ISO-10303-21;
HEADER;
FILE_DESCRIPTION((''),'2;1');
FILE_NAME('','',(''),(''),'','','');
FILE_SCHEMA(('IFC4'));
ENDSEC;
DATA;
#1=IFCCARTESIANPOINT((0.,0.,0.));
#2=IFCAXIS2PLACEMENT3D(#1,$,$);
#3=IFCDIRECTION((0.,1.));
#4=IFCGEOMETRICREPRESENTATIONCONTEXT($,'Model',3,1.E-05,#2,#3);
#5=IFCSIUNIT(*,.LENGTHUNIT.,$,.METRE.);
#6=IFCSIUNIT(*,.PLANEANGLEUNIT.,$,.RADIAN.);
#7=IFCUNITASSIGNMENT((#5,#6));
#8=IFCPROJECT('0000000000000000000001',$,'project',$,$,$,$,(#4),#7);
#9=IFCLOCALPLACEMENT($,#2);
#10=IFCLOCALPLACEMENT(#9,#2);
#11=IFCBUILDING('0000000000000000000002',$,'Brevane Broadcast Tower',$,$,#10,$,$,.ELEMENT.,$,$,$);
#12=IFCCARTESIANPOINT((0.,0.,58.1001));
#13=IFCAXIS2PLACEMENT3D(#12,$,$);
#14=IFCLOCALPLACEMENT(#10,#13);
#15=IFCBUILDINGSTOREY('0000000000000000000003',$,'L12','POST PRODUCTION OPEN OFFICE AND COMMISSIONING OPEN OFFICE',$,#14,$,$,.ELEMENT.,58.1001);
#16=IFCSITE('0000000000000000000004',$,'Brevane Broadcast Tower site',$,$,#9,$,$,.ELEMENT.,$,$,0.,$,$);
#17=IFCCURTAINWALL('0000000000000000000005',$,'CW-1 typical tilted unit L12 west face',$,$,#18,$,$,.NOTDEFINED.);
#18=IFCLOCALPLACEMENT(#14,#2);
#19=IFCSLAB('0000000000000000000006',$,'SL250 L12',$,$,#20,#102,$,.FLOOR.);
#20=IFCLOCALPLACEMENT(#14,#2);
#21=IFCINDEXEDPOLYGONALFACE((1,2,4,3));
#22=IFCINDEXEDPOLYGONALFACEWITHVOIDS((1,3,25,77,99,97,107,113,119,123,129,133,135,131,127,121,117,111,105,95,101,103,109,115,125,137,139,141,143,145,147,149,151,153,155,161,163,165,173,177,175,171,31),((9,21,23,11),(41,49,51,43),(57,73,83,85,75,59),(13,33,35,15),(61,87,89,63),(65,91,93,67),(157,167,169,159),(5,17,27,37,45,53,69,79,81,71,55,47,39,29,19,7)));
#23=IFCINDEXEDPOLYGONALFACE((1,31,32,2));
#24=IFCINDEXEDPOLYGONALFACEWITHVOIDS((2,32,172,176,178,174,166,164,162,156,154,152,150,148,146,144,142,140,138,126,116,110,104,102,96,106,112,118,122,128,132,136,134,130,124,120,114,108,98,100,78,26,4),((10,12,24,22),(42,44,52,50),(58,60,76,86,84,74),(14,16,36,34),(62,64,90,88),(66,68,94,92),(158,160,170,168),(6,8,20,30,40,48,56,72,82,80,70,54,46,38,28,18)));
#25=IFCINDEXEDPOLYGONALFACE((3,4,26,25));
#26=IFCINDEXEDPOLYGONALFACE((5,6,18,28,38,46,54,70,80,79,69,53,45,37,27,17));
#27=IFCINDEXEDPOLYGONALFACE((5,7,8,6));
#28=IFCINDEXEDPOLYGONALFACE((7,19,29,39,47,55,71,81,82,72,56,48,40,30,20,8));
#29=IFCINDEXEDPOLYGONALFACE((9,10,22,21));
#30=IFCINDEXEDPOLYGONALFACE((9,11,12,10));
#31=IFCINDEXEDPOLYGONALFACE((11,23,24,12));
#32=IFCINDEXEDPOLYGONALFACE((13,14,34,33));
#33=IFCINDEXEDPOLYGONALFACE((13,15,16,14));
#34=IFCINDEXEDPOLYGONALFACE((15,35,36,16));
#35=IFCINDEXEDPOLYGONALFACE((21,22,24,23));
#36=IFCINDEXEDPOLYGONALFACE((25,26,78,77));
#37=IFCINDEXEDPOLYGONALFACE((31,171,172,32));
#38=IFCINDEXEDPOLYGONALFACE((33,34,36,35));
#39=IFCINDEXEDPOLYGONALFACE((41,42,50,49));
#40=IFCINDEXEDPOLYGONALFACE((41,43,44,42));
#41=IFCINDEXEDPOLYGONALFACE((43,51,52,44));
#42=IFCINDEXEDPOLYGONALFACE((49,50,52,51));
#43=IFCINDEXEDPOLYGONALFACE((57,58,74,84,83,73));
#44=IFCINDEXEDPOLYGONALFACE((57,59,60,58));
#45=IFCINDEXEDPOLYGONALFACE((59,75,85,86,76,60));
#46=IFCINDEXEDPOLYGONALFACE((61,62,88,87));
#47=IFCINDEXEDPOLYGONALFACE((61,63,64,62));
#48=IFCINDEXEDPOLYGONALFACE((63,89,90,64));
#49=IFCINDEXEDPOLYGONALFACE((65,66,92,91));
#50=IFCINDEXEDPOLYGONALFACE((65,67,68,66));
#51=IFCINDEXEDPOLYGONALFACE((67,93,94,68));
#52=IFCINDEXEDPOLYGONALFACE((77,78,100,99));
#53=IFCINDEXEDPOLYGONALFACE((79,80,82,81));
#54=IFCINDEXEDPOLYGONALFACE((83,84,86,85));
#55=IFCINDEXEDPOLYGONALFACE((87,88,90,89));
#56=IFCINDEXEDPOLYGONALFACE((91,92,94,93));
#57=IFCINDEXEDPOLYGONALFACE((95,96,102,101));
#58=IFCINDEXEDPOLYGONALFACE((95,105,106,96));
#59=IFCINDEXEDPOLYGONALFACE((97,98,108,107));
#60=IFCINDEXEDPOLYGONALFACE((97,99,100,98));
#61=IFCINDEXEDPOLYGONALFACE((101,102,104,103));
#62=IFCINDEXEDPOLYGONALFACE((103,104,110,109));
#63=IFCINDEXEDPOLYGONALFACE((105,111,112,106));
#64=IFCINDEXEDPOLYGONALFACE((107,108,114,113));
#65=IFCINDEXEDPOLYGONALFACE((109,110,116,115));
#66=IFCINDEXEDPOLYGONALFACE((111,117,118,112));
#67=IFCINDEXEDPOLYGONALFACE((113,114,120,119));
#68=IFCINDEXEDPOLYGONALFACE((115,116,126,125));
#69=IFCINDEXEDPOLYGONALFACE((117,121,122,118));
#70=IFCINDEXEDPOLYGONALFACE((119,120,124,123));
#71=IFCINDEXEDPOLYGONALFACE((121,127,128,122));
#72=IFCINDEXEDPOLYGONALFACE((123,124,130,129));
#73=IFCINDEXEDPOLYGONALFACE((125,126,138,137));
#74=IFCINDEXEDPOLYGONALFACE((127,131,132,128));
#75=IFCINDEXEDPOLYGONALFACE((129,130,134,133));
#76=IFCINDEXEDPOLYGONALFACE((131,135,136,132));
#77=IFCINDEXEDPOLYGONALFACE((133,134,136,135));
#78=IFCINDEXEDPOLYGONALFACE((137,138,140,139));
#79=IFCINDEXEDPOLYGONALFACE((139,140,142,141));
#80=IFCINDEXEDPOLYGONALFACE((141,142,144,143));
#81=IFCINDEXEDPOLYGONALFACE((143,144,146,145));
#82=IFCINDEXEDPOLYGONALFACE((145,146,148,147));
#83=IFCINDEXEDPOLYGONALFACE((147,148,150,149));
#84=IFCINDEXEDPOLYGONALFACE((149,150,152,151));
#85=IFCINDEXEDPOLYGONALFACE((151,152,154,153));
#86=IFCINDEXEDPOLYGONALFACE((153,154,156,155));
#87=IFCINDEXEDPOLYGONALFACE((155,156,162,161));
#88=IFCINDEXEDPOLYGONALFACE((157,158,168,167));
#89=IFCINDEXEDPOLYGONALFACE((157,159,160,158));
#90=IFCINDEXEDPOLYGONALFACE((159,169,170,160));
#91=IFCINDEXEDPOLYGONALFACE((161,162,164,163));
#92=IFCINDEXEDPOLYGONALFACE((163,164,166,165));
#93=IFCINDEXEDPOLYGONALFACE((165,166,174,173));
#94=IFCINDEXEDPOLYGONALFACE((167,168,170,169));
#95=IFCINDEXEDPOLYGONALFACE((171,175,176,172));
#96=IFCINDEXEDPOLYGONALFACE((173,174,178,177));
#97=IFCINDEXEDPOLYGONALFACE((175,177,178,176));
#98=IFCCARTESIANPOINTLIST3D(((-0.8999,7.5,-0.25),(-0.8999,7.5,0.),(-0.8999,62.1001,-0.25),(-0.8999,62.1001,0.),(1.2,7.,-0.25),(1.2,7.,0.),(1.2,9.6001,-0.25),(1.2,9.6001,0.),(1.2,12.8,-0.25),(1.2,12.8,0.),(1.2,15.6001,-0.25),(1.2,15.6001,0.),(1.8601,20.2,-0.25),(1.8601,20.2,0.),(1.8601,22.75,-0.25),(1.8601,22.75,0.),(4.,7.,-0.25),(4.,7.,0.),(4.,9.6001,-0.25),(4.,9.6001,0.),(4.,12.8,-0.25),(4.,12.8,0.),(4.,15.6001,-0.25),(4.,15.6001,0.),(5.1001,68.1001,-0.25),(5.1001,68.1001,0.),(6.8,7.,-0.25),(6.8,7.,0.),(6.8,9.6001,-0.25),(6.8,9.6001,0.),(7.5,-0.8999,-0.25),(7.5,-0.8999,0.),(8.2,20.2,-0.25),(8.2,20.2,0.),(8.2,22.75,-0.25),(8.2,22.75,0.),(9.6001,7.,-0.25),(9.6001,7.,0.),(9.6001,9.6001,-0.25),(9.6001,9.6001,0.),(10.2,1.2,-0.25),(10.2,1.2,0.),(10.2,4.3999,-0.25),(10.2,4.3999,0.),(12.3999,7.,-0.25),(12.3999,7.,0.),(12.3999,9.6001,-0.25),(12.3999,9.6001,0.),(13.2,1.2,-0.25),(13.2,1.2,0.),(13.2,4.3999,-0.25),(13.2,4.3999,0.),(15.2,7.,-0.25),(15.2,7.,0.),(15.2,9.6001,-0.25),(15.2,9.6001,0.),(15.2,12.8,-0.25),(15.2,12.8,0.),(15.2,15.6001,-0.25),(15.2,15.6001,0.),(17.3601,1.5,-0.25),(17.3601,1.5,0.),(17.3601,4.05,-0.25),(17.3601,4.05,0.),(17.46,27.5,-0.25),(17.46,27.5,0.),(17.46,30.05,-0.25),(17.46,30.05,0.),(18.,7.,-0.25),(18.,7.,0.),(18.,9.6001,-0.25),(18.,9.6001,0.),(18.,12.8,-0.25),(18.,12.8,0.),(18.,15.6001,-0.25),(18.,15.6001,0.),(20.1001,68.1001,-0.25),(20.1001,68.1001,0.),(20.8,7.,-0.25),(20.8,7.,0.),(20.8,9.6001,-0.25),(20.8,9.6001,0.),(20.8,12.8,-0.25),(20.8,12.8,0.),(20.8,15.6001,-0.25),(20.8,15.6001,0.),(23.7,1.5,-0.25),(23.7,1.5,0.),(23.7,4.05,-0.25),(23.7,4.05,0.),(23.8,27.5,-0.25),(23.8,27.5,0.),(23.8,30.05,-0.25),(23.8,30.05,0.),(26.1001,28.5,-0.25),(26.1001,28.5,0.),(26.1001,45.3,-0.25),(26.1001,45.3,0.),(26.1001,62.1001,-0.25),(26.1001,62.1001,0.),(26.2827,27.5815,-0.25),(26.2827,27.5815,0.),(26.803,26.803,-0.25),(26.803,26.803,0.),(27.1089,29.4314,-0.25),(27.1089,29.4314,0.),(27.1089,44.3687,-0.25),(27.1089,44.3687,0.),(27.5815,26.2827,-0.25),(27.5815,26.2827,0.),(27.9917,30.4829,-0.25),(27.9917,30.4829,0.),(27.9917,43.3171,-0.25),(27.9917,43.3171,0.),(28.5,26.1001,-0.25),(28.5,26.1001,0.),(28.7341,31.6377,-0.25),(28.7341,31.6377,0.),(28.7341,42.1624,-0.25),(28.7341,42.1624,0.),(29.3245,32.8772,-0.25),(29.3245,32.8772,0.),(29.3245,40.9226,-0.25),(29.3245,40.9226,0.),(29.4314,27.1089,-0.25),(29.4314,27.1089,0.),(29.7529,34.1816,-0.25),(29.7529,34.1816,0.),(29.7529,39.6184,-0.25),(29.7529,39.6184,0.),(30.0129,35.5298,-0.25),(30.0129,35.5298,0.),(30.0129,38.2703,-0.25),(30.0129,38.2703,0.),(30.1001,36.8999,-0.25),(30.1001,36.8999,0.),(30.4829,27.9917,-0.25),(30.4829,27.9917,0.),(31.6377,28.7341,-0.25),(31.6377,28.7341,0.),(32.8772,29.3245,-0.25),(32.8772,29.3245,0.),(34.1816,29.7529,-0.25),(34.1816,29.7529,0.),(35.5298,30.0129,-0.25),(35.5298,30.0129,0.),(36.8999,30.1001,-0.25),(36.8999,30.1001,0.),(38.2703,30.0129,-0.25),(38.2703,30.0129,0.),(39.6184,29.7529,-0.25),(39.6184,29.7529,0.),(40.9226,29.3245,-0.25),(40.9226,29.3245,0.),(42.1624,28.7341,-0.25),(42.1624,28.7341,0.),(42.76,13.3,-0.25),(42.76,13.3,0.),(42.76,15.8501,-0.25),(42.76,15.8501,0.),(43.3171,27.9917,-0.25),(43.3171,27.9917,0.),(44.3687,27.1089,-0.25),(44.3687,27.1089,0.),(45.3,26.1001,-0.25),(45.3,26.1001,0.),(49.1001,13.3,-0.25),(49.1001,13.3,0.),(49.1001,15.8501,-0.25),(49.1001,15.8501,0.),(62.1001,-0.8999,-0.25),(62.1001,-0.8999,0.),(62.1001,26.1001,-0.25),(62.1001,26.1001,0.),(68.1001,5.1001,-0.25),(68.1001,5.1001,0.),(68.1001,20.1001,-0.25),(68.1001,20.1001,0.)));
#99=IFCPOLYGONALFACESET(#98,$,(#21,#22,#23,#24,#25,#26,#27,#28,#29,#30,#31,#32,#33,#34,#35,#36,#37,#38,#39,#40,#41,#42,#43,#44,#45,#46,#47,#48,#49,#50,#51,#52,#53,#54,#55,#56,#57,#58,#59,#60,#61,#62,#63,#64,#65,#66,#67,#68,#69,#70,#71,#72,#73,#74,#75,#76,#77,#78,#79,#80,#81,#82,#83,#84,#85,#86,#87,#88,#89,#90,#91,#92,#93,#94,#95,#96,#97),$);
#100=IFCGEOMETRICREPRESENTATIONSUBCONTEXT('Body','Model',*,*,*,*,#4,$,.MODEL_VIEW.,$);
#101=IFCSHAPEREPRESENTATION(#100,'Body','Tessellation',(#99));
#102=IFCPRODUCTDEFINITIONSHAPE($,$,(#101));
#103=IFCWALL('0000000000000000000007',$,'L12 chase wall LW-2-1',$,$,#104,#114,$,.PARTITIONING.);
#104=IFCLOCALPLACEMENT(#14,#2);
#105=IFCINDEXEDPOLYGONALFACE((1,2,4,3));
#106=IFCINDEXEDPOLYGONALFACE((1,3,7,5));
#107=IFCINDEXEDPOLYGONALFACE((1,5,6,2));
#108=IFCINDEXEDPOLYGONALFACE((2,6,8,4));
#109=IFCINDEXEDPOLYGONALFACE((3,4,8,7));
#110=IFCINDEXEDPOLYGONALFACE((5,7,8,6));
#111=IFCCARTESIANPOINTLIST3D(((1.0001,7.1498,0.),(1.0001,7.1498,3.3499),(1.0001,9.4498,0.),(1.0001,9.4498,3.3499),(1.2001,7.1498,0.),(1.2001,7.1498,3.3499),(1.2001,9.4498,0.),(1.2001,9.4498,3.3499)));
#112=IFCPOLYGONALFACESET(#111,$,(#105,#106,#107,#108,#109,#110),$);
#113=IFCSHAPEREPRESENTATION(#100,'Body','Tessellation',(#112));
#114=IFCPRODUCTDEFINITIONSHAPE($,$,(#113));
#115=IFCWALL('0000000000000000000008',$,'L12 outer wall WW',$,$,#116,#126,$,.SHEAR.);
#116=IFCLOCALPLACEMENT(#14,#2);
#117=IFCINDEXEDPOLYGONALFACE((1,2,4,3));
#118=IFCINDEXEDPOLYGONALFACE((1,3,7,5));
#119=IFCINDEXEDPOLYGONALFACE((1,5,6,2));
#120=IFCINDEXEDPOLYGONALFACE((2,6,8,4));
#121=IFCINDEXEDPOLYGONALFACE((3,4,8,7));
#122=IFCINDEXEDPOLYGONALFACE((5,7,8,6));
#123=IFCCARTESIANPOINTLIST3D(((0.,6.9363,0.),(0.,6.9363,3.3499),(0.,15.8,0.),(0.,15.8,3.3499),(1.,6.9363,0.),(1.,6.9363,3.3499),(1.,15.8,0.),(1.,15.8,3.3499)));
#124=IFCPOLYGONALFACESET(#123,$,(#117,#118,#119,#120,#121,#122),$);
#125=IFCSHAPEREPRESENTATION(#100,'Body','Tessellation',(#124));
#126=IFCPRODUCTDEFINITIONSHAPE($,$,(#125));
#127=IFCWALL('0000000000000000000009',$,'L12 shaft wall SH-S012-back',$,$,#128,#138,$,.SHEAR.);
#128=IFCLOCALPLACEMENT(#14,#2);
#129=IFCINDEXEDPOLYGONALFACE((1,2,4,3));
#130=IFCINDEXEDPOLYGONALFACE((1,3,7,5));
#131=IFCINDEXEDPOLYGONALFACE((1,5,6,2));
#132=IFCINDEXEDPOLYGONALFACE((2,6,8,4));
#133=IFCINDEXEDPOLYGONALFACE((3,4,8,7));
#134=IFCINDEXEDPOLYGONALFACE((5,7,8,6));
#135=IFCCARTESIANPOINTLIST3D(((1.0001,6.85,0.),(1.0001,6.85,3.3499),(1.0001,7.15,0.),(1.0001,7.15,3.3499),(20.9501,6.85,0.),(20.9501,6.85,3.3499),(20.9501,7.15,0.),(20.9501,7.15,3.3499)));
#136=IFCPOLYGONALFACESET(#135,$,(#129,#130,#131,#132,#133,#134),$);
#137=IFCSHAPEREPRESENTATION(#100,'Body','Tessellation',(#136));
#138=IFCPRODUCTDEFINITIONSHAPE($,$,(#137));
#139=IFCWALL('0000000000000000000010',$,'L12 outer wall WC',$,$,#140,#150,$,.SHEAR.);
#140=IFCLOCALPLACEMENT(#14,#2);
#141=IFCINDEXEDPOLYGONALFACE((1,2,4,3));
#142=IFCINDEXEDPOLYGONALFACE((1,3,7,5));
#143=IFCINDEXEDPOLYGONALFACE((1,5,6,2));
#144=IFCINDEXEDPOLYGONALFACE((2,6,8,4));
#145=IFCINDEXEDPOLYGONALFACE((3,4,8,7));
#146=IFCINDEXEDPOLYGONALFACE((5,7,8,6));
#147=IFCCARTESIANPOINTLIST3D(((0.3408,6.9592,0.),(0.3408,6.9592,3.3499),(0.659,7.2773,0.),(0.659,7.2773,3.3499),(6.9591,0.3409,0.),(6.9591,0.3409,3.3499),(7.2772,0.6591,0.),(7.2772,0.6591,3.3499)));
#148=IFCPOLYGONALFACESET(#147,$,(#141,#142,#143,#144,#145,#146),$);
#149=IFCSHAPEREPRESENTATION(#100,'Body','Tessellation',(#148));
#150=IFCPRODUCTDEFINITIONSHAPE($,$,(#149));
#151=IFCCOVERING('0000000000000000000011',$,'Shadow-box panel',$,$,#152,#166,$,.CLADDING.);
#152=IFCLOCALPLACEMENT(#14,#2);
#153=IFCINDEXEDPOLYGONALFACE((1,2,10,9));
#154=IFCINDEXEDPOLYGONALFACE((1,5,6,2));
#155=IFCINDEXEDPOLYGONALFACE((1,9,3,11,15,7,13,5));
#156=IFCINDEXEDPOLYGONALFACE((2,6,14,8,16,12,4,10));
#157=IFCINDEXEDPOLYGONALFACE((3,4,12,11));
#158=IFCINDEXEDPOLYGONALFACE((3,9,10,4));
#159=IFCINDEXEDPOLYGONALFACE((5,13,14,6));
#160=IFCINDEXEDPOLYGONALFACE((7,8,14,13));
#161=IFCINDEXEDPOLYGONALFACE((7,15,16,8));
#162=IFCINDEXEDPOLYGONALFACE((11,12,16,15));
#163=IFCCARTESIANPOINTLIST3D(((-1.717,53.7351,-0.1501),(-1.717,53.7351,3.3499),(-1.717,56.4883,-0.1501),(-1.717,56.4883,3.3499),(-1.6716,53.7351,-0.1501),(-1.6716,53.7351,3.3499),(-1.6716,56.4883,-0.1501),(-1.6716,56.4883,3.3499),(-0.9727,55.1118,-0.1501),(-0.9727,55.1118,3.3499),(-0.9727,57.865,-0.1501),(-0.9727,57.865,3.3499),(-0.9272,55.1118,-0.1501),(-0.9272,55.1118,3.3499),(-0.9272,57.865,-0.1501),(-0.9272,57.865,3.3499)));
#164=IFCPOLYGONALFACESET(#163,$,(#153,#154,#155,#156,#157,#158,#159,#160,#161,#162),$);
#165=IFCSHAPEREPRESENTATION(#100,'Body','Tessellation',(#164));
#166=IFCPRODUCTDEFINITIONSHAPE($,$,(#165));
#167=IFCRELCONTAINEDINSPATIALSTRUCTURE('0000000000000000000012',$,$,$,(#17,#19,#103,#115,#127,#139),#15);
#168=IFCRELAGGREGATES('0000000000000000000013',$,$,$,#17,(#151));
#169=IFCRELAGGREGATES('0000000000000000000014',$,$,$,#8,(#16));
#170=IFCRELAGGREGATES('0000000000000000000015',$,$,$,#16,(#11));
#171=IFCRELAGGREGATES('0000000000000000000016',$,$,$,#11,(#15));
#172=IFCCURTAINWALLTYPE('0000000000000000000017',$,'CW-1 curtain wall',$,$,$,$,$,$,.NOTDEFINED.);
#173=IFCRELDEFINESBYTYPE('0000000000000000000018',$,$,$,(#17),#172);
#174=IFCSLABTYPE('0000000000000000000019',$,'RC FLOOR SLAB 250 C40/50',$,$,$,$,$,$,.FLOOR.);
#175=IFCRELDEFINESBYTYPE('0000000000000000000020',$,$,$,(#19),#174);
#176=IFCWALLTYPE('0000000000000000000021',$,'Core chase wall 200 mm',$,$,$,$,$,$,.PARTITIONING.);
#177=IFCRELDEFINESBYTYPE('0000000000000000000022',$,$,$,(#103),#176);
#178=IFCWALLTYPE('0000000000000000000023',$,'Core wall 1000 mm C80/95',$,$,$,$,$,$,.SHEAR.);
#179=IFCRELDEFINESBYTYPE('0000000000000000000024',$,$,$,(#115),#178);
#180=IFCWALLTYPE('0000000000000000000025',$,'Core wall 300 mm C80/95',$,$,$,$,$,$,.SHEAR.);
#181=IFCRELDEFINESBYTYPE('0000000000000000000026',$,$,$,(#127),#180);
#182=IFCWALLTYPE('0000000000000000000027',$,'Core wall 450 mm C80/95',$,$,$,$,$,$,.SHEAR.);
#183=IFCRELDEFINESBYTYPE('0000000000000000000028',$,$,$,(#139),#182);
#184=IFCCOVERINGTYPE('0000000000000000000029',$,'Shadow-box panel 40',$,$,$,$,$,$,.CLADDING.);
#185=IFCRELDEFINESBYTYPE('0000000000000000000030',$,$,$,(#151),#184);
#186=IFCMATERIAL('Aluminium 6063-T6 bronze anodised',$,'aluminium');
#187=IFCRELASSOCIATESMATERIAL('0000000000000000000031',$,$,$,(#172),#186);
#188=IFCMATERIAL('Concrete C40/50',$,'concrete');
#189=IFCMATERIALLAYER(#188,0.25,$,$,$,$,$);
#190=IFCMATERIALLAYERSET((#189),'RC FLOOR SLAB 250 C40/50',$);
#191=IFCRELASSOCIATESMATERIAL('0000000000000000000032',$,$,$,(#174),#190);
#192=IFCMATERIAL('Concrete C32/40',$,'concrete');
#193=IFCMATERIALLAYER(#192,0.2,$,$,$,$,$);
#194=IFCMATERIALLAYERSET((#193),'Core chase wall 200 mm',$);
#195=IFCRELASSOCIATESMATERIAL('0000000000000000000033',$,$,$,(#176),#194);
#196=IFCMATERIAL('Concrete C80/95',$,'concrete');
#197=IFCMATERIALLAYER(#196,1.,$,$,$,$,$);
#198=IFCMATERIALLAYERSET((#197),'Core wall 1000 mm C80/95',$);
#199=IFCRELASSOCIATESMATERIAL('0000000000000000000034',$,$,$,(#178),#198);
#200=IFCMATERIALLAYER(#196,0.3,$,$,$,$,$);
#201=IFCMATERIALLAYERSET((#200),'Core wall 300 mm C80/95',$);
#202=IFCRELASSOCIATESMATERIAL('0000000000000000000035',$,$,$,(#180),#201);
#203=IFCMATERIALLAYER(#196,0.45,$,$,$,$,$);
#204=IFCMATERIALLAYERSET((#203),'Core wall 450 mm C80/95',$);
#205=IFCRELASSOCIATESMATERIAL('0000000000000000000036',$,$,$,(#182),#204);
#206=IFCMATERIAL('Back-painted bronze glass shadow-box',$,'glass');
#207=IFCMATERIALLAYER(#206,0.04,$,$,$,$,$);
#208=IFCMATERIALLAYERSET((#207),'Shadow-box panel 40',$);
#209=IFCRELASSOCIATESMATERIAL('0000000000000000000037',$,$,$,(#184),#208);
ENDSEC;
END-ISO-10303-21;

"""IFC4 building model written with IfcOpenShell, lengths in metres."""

from ifc_helpers import new_model, si_unit, direction, frame, frame_2d, origin, place, context, subcontext, project, spatial, polyline, rectangle, outline, extrude, material, layer, layer_set, type_object, element, aggregate, save


model = new_model("IFC4")

# Units and contexts
model_context = context("Model", 3, precision=1e-05, world=origin(), true_north=direction((0.0, 1.0)))
body_context = subcontext(model_context, "Body", "Model", "MODEL_VIEW")
ifc_project = project(units=[si_unit("LENGTHUNIT", "METRE"), si_unit("PLANEANGLEUNIT", "RADIAN")], contexts=[model_context])

# Site, building, storey
site_placement = place(None, origin())
site = spatial("IfcSite", under=ifc_project, at=site_placement, Name="Brevane Broadcast Tower site", CompositionType="ELEMENT", RefElevation=0.0)
building_placement = place(site_placement, origin())
building = spatial("IfcBuilding", under=site, at=building_placement, Name="Brevane Broadcast Tower", CompositionType="ELEMENT")
storey_placement = place(building_placement, frame((0.0, 0.0, 58.1001)))
storey = spatial("IfcBuildingStorey", under=building, at=storey_placement, Name="L12", Description="POST PRODUCTION OPEN OFFICE AND COMMISSIONING OPEN OFFICE", CompositionType="ELEMENT", Elevation=58.1001)

# Curtain wall
ifc_material_1 = material(Name="Aluminium 6063-T6 bronze anodised", Category="aluminium")
curtain_wall_type = type_object("IfcCurtainWallType", Name="CW-1 curtain wall", PredefinedType="NOTDEFINED", material=ifc_material_1)
curtain_wall_1_placement = place(storey_placement, origin())
curtain_wall_1 = element("IfcCurtainWall", 1, at=curtain_wall_1_placement, inside=storey, type_object=curtain_wall_type, Name="CW-1 typical tilted unit L12 west face", PredefinedType="NOTDEFINED")

# Slab
ifc_material_2 = material(Name="Concrete C40/50", Category="concrete")
ifc_layer_1 = layer(ifc_material_2, 0.25)
ifc_layer_set_1 = layer_set([ifc_layer_1], Name="RC FLOOR SLAB 250 C40/50")
slab_type_1 = type_object("IfcSlabType", Name="RC FLOOR SLAB 250 C40/50", PredefinedType="FLOOR", material=ifc_layer_set_1)
slab_1_placement = place(storey_placement, frame((0.0, 0.0, -0.25)))
element("IfcSlab", 2, at=slab_1_placement, inside=storey, type_object=slab_type_1, Name="SL250 L12", PredefinedType="FLOOR", context=body_context, shape_type="SweptSolid", body=[
    extrude(outline(polyline([(-0.8999, 7.5), (-0.8999, 62.1001), (5.1001, 68.1001), (20.1001, 68.1001), (26.1001, 62.1001), (26.1001, 45.3), (27.1089, 44.3687), (27.9917, 43.3171), (28.7341, 42.1624), (29.3245, 40.9226), (29.7529, 39.6184), (30.0129, 38.2703), (30.1001, 36.8999), (30.0129, 35.5298), (29.7529, 34.1816), (29.3245, 32.8772), (28.7341, 31.6377), (27.9917, 30.4829), (27.1089, 29.4314), (26.1001, 28.5), (26.2827, 27.5815), (26.803, 26.803), (27.5815, 26.2827), (28.5, 26.1001), (29.4314, 27.1089), (30.4829, 27.9917), (31.6377, 28.7341), (32.8772, 29.3245), (34.1816, 29.7529), (35.5298, 30.0129), (36.8999, 30.1001), (38.2703, 30.0129), (39.6184, 29.7529), (40.9226, 29.3245), (42.1624, 28.7341), (43.3171, 27.9917), (44.3687, 27.1089), (45.3, 26.1001), (62.1001, 26.1001), (68.1001, 20.1001), (68.1001, 5.1001), (62.1001, -0.8999), (7.5, -0.8999), (-0.8999, 7.5)]), holes=[polyline([(13.2, 4.3999), (10.2, 4.3999), (10.2, 1.2), (13.2, 1.2), (13.2, 4.3999)]), polyline([(4.0, 9.6001), (1.2, 9.6001), (1.2, 7.0), (4.0, 7.0), (6.8, 7.0), (9.6001, 7.0), (12.3999, 7.0), (15.2, 7.0), (18.0, 7.0), (20.8, 7.0), (20.8, 9.6001), (18.0, 9.6001), (15.2, 9.6001), (12.3999, 9.6001), (9.6001, 9.6001), (6.8, 9.6001), (4.0, 9.6001)]), polyline([(4.0, 12.8), (4.0, 15.6001), (1.2, 15.6001), (1.2, 12.8), (4.0, 12.8)]), polyline([(8.2, 22.75), (1.8601, 22.75), (1.8601, 20.2), (8.2, 20.2), (8.2, 22.75)]), polyline([(23.7, 4.05), (17.3601, 4.05), (17.3601, 1.5), (23.7, 1.5), (23.7, 4.05)]), polyline([(18.0, 15.6001), (15.2, 15.6001), (15.2, 12.8), (18.0, 12.8), (20.8, 12.8), (20.8, 15.6001), (18.0, 15.6001)]), polyline([(49.1001, 15.8501), (42.76, 15.8501), (42.76, 13.3), (49.1001, 13.3), (49.1001, 15.8501)]), polyline([(23.8, 30.05), (17.46, 30.05), (17.46, 27.5), (23.8, 27.5), (23.8, 30.05)])]), origin(), (0.0, 0.0, 1.0), 0.25),
])

# Walls
ifc_material_3 = material(Name="Concrete C32/40", Category="concrete")
ifc_layer_2 = layer(ifc_material_3, 0.2)
ifc_layer_set_2 = layer_set([ifc_layer_2], Name="Core chase wall 200 mm")
wall_type_1 = type_object("IfcWallType", Name="Core chase wall 200 mm", PredefinedType="PARTITIONING", material=ifc_layer_set_2)
wall_1_placement = place(storey_placement, frame((1.1001, 7.1499, 0.0), z_axis=(0.0, 0.0, 1.0), x_axis=(0.0, 1.0, 0.0)))
element("IfcWall", 3, at=wall_1_placement, inside=storey, type_object=wall_type_1, Name="L12 chase wall LW-2-1", PredefinedType="PARTITIONING", context=body_context, shape_type="SweptSolid", body=[
    extrude(rectangle(XDim=2.3, YDim=0.2, at=frame_2d((1.1499, 0.0))), origin(), (0.0, 0.0, 1.0), 3.3499),
])
ifc_material_4 = material(Name="Concrete C80/95", Category="concrete")
ifc_layer_3 = layer(ifc_material_4, 1.0)
ifc_layer_set_3 = layer_set([ifc_layer_3], Name="Core wall 1000 mm C80/95")
wall_type_2 = type_object("IfcWallType", Name="Core wall 1000 mm C80/95", PredefinedType="SHEAR", material=ifc_layer_set_3)
wall_2_placement = place(storey_placement, frame((0.5, 6.9363, 0.0), z_axis=(0.0, 0.0, 1.0), x_axis=(0.0, 1.0, 0.0)))
element("IfcWall", 4, at=wall_2_placement, inside=storey, type_object=wall_type_2, Name="L12 outer wall WW", PredefinedType="SHEAR", context=body_context, shape_type="SweptSolid", body=[
    extrude(rectangle(XDim=8.8638, YDim=1.0, at=frame_2d((4.4319, 0.0))), origin(), (0.0, 0.0, 1.0), 3.3499),
])
ifc_layer_4 = layer(ifc_material_4, 0.3)
ifc_layer_set_4 = layer_set([ifc_layer_4], Name="Core wall 300 mm C80/95")
wall_type_3 = type_object("IfcWallType", Name="Core wall 300 mm C80/95", PredefinedType="SHEAR", material=ifc_layer_set_4)
wall_3_placement = place(storey_placement, frame((1.0, 7.0, 0.0), z_axis=(0.0, 0.0, 1.0), x_axis=(1.0, 0.0, 0.0)))
element("IfcWall", 5, at=wall_3_placement, inside=storey, type_object=wall_type_3, Name="L12 shaft wall SH-S012-back", PredefinedType="SHEAR", context=body_context, shape_type="SweptSolid", body=[
    extrude(rectangle(XDim=19.95, YDim=0.3, at=frame_2d((9.9751, 0.0))), origin(), (0.0, 0.0, 1.0), 3.3499),
])
ifc_layer_5 = layer(ifc_material_4, 0.45)
ifc_layer_set_5 = layer_set([ifc_layer_5], Name="Core wall 450 mm C80/95")
wall_type_4 = type_object("IfcWallType", Name="Core wall 450 mm C80/95", PredefinedType="SHEAR", material=ifc_layer_set_5)
wall_4_placement = place(storey_placement, frame((0.5, 7.1182, 0.0), z_axis=(0.0, 0.0, 1.0), x_axis=(0.707107, -0.707107, 0.0)))
element("IfcWall", 6, at=wall_4_placement, inside=storey, type_object=wall_type_4, Name="L12 outer wall WC", PredefinedType="SHEAR", context=body_context, shape_type="SweptSolid", body=[
    extrude(rectangle(XDim=9.3596, YDim=0.45, at=frame_2d((4.6797, 0.0))), origin(), (0.0, 0.0, 1.0), 3.3499),
])

# Covering
ifc_material_5 = material(Name="Back-painted bronze glass shadow-box", Category="glass")
ifc_layer_6 = layer(ifc_material_5, 0.04)
ifc_layer_set_6 = layer_set([ifc_layer_6], Name="Shadow-box panel 40")
covering_type = type_object("IfcCoveringType", Name="Shadow-box panel 40", PredefinedType="CLADDING", material=ifc_layer_set_6)
covering_1_placement = place(storey_placement, frame((0.0, 0.0, -0.1501)))
covering_1 = element("IfcCovering", 7, at=covering_1_placement, type_object=covering_type, Name="Shadow-box panel", PredefinedType="CLADDING", context=body_context, shape_type="SweptSolid", body=[
    extrude(outline(polyline([(-0.9272, 57.865), (-0.9727, 57.865), (-1.717, 56.4883), (-0.9727, 55.1118), (-1.717, 53.7351), (-1.6716, 53.7351), (-0.9272, 55.1118), (-1.6716, 56.4883), (-0.9272, 57.865)])), origin(), (0.0, 0.0, 1.0), 3.5),
])
aggregate(curtain_wall_1, [covering_1])

save(model, "model.ifc")
